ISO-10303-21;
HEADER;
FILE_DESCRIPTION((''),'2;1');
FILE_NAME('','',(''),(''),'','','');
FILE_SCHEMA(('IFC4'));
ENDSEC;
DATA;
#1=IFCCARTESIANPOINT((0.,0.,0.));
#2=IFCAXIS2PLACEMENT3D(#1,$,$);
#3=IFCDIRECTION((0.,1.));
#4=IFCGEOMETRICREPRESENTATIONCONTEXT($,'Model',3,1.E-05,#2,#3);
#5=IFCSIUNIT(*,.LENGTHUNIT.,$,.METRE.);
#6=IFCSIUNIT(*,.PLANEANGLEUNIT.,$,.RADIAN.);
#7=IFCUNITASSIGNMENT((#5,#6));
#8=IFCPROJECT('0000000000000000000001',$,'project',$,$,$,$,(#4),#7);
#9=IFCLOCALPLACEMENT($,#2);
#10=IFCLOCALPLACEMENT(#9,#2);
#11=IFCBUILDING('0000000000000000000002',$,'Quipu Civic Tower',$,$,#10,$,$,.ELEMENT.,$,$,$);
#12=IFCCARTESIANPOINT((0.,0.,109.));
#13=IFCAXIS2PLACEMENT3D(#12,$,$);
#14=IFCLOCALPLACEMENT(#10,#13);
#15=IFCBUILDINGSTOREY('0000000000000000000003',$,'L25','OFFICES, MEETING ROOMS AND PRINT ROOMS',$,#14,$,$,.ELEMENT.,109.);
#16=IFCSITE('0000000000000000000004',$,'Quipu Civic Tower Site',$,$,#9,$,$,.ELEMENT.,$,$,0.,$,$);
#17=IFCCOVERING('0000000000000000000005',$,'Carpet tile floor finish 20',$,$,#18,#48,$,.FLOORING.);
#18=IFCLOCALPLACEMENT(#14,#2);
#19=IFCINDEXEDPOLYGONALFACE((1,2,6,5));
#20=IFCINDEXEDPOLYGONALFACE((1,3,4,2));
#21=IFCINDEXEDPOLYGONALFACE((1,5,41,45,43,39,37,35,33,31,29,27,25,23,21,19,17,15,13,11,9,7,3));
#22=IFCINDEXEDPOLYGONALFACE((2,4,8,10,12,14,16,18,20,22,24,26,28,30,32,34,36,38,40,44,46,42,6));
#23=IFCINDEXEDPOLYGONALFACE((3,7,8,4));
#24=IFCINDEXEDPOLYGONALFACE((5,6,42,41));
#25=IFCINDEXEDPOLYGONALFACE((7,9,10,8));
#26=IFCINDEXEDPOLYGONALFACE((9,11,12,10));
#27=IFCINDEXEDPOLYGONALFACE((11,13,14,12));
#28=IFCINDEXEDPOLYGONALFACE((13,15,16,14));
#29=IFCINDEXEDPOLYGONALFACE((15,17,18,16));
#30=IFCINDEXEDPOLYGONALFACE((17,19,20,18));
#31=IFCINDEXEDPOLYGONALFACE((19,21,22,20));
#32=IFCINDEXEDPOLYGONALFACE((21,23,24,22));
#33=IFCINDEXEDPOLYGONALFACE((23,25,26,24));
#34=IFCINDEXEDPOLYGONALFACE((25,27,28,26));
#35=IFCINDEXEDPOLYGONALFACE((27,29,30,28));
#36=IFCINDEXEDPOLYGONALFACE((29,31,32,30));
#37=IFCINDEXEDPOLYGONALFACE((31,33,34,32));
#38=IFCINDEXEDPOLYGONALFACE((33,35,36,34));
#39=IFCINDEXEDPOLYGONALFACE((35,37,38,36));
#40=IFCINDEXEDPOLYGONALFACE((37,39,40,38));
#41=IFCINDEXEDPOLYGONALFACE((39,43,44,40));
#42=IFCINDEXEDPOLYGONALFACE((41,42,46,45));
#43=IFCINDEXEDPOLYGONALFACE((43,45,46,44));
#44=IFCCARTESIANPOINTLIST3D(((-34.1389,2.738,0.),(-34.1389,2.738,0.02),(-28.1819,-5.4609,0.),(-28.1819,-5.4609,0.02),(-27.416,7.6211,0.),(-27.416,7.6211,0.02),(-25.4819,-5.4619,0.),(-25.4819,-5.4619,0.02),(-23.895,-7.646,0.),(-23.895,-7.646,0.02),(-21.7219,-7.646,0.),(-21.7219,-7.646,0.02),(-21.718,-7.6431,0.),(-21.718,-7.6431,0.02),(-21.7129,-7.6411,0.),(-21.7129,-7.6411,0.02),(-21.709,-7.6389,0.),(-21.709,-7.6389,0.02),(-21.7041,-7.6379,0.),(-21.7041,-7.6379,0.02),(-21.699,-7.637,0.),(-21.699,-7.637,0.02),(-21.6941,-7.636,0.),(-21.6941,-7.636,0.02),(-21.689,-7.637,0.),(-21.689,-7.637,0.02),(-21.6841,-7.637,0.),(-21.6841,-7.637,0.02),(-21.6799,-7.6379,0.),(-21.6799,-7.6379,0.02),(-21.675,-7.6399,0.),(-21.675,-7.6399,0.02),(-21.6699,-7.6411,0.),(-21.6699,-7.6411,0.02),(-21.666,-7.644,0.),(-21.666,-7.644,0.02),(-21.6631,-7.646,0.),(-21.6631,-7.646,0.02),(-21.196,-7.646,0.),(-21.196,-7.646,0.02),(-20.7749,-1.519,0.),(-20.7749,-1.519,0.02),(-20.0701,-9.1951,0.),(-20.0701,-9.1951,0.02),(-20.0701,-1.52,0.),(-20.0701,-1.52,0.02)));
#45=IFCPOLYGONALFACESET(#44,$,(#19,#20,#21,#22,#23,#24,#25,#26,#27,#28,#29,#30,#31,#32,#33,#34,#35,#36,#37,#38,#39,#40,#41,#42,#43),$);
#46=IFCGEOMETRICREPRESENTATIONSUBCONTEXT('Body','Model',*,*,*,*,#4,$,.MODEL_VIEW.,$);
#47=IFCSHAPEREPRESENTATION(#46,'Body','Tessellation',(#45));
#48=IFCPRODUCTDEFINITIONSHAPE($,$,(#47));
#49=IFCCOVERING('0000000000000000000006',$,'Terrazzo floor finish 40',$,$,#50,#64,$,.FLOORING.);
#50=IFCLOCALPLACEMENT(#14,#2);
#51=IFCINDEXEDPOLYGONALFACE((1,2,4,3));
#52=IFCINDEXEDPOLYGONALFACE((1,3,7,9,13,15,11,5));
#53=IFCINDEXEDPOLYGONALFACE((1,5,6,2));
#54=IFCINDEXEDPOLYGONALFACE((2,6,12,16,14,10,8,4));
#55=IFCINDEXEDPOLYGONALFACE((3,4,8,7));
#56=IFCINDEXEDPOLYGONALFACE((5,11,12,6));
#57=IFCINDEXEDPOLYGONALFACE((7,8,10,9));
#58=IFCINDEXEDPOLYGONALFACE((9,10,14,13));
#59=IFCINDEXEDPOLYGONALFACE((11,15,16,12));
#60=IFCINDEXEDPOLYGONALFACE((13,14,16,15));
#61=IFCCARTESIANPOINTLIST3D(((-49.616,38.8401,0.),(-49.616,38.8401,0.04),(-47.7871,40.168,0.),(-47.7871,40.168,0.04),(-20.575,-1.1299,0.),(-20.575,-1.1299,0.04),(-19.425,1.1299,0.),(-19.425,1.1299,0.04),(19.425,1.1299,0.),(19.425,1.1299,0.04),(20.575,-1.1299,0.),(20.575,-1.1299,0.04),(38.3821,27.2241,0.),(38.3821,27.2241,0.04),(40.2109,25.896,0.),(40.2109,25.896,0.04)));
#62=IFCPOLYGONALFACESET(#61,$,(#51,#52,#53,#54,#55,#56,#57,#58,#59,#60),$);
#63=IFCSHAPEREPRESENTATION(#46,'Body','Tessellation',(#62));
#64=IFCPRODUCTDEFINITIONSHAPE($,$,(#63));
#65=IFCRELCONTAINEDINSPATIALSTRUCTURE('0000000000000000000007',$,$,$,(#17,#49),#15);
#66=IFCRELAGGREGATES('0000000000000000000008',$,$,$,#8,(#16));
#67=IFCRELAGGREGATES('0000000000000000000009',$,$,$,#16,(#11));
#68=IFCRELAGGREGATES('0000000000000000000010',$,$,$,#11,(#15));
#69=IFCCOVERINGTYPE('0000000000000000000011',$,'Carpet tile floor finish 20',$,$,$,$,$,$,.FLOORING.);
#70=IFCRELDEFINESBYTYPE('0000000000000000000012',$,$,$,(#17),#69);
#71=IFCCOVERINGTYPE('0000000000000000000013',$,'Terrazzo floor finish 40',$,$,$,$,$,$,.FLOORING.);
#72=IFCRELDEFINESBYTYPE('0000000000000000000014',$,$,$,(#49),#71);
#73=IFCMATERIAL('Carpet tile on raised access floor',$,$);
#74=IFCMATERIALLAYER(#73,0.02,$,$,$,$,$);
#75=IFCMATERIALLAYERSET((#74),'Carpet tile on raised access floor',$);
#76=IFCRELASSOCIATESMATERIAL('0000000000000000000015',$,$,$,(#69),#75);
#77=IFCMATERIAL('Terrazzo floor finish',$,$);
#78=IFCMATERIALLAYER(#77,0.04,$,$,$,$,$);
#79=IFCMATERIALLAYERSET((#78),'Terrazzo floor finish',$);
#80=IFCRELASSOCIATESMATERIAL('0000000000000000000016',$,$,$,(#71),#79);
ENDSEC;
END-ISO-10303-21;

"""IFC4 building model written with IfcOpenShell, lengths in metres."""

from ifc_helpers import new_model, si_unit, direction, frame, origin, place, context, subcontext, project, spatial, polyline, outline, extrude, material, layer, layer_set, type_object, element, save


model = new_model("IFC4")

# Units and contexts
model_context = context("Model", 3, precision=1e-05, world=origin(), true_north=direction((0.0, 1.0)))
body_context = subcontext(model_context, "Body", "Model", "MODEL_VIEW")
ifc_project = project(units=[si_unit("LENGTHUNIT", "METRE"), si_unit("PLANEANGLEUNIT", "RADIAN")], contexts=[model_context])

# Site, building, storey
site_placement = place(None, origin())
site = spatial("IfcSite", under=ifc_project, at=site_placement, Name="Quipu Civic Tower Site", CompositionType="ELEMENT", RefElevation=0.0)
building_placement = place(site_placement, origin())
building = spatial("IfcBuilding", under=site, at=building_placement, Name="Quipu Civic Tower", CompositionType="ELEMENT")
storey_placement = place(building_placement, frame((0.0, 0.0, 109.0)))
storey = spatial("IfcBuildingStorey", under=building, at=storey_placement, Name="L25", Description="OFFICES, MEETING ROOMS AND PRINT ROOMS", CompositionType="ELEMENT", Elevation=109.0)

# Coverings
ifc_material_1 = material(Name="Carpet tile on raised access floor")
ifc_layer_1 = layer(ifc_material_1, 0.02)
ifc_layer_set_1 = layer_set([ifc_layer_1], Name="Carpet tile on raised access floor")
covering_type_1 = type_object("IfcCoveringType", Name="Carpet tile floor finish 20", PredefinedType="FLOORING", material=ifc_layer_set_1)
covering_1_placement = place(storey_placement, origin())
element("IfcCovering", 1, at=covering_1_placement, inside=storey, type_object=covering_type_1, Name="Carpet tile floor finish 20", PredefinedType="FLOORING", context=body_context, shape_type="SweptSolid", body=[
    extrude(outline(polyline([(-34.1389, 2.738), (-27.416, 7.6211), (-20.7749, -1.519), (-20.0701, -1.52), (-20.0701, -9.1951), (-21.196, -7.646), (-21.6631, -7.646), (-21.666, -7.644), (-21.6699, -7.6411), (-21.675, -7.6399), (-21.6799, -7.6379), (-21.6841, -7.637), (-21.689, -7.637), (-21.6941, -7.636), (-21.699, -7.637), (-21.7041, -7.6379), (-21.709, -7.6389), (-21.7129, -7.6411), (-21.718, -7.6431), (-21.7219, -7.646), (-21.7219, -7.646), (-23.895, -7.646), (-25.4819, -5.4619), (-28.1819, -5.4609), (-34.1389, 2.738)])), origin(), (0.0, 0.0, 1.0), 0.02),
])
ifc_material_2 = material(Name="Terrazzo floor finish")
ifc_layer_2 = layer(ifc_material_2, 0.04)
ifc_layer_set_2 = layer_set([ifc_layer_2], Name="Terrazzo floor finish")
covering_type_2 = type_object("IfcCoveringType", Name="Terrazzo floor finish 40", PredefinedType="FLOORING", material=ifc_layer_set_2)
covering_2_placement = place(storey_placement, origin())
element("IfcCovering", 2, at=covering_2_placement, inside=storey, type_object=covering_type_2, Name="Terrazzo floor finish 40", PredefinedType="FLOORING", context=body_context, shape_type="SweptSolid", body=[
    extrude(outline(polyline([(38.3821, 27.2241), (40.2109, 25.896), (20.575, -1.1299), (-20.575, -1.1299), (-49.616, 38.8401), (-47.7871, 40.168), (-19.425, 1.1299), (19.425, 1.1299), (38.3821, 27.2241)])), origin(), (0.0, 0.0, 1.0), 0.04),
])

save(model, "model.ifc")
